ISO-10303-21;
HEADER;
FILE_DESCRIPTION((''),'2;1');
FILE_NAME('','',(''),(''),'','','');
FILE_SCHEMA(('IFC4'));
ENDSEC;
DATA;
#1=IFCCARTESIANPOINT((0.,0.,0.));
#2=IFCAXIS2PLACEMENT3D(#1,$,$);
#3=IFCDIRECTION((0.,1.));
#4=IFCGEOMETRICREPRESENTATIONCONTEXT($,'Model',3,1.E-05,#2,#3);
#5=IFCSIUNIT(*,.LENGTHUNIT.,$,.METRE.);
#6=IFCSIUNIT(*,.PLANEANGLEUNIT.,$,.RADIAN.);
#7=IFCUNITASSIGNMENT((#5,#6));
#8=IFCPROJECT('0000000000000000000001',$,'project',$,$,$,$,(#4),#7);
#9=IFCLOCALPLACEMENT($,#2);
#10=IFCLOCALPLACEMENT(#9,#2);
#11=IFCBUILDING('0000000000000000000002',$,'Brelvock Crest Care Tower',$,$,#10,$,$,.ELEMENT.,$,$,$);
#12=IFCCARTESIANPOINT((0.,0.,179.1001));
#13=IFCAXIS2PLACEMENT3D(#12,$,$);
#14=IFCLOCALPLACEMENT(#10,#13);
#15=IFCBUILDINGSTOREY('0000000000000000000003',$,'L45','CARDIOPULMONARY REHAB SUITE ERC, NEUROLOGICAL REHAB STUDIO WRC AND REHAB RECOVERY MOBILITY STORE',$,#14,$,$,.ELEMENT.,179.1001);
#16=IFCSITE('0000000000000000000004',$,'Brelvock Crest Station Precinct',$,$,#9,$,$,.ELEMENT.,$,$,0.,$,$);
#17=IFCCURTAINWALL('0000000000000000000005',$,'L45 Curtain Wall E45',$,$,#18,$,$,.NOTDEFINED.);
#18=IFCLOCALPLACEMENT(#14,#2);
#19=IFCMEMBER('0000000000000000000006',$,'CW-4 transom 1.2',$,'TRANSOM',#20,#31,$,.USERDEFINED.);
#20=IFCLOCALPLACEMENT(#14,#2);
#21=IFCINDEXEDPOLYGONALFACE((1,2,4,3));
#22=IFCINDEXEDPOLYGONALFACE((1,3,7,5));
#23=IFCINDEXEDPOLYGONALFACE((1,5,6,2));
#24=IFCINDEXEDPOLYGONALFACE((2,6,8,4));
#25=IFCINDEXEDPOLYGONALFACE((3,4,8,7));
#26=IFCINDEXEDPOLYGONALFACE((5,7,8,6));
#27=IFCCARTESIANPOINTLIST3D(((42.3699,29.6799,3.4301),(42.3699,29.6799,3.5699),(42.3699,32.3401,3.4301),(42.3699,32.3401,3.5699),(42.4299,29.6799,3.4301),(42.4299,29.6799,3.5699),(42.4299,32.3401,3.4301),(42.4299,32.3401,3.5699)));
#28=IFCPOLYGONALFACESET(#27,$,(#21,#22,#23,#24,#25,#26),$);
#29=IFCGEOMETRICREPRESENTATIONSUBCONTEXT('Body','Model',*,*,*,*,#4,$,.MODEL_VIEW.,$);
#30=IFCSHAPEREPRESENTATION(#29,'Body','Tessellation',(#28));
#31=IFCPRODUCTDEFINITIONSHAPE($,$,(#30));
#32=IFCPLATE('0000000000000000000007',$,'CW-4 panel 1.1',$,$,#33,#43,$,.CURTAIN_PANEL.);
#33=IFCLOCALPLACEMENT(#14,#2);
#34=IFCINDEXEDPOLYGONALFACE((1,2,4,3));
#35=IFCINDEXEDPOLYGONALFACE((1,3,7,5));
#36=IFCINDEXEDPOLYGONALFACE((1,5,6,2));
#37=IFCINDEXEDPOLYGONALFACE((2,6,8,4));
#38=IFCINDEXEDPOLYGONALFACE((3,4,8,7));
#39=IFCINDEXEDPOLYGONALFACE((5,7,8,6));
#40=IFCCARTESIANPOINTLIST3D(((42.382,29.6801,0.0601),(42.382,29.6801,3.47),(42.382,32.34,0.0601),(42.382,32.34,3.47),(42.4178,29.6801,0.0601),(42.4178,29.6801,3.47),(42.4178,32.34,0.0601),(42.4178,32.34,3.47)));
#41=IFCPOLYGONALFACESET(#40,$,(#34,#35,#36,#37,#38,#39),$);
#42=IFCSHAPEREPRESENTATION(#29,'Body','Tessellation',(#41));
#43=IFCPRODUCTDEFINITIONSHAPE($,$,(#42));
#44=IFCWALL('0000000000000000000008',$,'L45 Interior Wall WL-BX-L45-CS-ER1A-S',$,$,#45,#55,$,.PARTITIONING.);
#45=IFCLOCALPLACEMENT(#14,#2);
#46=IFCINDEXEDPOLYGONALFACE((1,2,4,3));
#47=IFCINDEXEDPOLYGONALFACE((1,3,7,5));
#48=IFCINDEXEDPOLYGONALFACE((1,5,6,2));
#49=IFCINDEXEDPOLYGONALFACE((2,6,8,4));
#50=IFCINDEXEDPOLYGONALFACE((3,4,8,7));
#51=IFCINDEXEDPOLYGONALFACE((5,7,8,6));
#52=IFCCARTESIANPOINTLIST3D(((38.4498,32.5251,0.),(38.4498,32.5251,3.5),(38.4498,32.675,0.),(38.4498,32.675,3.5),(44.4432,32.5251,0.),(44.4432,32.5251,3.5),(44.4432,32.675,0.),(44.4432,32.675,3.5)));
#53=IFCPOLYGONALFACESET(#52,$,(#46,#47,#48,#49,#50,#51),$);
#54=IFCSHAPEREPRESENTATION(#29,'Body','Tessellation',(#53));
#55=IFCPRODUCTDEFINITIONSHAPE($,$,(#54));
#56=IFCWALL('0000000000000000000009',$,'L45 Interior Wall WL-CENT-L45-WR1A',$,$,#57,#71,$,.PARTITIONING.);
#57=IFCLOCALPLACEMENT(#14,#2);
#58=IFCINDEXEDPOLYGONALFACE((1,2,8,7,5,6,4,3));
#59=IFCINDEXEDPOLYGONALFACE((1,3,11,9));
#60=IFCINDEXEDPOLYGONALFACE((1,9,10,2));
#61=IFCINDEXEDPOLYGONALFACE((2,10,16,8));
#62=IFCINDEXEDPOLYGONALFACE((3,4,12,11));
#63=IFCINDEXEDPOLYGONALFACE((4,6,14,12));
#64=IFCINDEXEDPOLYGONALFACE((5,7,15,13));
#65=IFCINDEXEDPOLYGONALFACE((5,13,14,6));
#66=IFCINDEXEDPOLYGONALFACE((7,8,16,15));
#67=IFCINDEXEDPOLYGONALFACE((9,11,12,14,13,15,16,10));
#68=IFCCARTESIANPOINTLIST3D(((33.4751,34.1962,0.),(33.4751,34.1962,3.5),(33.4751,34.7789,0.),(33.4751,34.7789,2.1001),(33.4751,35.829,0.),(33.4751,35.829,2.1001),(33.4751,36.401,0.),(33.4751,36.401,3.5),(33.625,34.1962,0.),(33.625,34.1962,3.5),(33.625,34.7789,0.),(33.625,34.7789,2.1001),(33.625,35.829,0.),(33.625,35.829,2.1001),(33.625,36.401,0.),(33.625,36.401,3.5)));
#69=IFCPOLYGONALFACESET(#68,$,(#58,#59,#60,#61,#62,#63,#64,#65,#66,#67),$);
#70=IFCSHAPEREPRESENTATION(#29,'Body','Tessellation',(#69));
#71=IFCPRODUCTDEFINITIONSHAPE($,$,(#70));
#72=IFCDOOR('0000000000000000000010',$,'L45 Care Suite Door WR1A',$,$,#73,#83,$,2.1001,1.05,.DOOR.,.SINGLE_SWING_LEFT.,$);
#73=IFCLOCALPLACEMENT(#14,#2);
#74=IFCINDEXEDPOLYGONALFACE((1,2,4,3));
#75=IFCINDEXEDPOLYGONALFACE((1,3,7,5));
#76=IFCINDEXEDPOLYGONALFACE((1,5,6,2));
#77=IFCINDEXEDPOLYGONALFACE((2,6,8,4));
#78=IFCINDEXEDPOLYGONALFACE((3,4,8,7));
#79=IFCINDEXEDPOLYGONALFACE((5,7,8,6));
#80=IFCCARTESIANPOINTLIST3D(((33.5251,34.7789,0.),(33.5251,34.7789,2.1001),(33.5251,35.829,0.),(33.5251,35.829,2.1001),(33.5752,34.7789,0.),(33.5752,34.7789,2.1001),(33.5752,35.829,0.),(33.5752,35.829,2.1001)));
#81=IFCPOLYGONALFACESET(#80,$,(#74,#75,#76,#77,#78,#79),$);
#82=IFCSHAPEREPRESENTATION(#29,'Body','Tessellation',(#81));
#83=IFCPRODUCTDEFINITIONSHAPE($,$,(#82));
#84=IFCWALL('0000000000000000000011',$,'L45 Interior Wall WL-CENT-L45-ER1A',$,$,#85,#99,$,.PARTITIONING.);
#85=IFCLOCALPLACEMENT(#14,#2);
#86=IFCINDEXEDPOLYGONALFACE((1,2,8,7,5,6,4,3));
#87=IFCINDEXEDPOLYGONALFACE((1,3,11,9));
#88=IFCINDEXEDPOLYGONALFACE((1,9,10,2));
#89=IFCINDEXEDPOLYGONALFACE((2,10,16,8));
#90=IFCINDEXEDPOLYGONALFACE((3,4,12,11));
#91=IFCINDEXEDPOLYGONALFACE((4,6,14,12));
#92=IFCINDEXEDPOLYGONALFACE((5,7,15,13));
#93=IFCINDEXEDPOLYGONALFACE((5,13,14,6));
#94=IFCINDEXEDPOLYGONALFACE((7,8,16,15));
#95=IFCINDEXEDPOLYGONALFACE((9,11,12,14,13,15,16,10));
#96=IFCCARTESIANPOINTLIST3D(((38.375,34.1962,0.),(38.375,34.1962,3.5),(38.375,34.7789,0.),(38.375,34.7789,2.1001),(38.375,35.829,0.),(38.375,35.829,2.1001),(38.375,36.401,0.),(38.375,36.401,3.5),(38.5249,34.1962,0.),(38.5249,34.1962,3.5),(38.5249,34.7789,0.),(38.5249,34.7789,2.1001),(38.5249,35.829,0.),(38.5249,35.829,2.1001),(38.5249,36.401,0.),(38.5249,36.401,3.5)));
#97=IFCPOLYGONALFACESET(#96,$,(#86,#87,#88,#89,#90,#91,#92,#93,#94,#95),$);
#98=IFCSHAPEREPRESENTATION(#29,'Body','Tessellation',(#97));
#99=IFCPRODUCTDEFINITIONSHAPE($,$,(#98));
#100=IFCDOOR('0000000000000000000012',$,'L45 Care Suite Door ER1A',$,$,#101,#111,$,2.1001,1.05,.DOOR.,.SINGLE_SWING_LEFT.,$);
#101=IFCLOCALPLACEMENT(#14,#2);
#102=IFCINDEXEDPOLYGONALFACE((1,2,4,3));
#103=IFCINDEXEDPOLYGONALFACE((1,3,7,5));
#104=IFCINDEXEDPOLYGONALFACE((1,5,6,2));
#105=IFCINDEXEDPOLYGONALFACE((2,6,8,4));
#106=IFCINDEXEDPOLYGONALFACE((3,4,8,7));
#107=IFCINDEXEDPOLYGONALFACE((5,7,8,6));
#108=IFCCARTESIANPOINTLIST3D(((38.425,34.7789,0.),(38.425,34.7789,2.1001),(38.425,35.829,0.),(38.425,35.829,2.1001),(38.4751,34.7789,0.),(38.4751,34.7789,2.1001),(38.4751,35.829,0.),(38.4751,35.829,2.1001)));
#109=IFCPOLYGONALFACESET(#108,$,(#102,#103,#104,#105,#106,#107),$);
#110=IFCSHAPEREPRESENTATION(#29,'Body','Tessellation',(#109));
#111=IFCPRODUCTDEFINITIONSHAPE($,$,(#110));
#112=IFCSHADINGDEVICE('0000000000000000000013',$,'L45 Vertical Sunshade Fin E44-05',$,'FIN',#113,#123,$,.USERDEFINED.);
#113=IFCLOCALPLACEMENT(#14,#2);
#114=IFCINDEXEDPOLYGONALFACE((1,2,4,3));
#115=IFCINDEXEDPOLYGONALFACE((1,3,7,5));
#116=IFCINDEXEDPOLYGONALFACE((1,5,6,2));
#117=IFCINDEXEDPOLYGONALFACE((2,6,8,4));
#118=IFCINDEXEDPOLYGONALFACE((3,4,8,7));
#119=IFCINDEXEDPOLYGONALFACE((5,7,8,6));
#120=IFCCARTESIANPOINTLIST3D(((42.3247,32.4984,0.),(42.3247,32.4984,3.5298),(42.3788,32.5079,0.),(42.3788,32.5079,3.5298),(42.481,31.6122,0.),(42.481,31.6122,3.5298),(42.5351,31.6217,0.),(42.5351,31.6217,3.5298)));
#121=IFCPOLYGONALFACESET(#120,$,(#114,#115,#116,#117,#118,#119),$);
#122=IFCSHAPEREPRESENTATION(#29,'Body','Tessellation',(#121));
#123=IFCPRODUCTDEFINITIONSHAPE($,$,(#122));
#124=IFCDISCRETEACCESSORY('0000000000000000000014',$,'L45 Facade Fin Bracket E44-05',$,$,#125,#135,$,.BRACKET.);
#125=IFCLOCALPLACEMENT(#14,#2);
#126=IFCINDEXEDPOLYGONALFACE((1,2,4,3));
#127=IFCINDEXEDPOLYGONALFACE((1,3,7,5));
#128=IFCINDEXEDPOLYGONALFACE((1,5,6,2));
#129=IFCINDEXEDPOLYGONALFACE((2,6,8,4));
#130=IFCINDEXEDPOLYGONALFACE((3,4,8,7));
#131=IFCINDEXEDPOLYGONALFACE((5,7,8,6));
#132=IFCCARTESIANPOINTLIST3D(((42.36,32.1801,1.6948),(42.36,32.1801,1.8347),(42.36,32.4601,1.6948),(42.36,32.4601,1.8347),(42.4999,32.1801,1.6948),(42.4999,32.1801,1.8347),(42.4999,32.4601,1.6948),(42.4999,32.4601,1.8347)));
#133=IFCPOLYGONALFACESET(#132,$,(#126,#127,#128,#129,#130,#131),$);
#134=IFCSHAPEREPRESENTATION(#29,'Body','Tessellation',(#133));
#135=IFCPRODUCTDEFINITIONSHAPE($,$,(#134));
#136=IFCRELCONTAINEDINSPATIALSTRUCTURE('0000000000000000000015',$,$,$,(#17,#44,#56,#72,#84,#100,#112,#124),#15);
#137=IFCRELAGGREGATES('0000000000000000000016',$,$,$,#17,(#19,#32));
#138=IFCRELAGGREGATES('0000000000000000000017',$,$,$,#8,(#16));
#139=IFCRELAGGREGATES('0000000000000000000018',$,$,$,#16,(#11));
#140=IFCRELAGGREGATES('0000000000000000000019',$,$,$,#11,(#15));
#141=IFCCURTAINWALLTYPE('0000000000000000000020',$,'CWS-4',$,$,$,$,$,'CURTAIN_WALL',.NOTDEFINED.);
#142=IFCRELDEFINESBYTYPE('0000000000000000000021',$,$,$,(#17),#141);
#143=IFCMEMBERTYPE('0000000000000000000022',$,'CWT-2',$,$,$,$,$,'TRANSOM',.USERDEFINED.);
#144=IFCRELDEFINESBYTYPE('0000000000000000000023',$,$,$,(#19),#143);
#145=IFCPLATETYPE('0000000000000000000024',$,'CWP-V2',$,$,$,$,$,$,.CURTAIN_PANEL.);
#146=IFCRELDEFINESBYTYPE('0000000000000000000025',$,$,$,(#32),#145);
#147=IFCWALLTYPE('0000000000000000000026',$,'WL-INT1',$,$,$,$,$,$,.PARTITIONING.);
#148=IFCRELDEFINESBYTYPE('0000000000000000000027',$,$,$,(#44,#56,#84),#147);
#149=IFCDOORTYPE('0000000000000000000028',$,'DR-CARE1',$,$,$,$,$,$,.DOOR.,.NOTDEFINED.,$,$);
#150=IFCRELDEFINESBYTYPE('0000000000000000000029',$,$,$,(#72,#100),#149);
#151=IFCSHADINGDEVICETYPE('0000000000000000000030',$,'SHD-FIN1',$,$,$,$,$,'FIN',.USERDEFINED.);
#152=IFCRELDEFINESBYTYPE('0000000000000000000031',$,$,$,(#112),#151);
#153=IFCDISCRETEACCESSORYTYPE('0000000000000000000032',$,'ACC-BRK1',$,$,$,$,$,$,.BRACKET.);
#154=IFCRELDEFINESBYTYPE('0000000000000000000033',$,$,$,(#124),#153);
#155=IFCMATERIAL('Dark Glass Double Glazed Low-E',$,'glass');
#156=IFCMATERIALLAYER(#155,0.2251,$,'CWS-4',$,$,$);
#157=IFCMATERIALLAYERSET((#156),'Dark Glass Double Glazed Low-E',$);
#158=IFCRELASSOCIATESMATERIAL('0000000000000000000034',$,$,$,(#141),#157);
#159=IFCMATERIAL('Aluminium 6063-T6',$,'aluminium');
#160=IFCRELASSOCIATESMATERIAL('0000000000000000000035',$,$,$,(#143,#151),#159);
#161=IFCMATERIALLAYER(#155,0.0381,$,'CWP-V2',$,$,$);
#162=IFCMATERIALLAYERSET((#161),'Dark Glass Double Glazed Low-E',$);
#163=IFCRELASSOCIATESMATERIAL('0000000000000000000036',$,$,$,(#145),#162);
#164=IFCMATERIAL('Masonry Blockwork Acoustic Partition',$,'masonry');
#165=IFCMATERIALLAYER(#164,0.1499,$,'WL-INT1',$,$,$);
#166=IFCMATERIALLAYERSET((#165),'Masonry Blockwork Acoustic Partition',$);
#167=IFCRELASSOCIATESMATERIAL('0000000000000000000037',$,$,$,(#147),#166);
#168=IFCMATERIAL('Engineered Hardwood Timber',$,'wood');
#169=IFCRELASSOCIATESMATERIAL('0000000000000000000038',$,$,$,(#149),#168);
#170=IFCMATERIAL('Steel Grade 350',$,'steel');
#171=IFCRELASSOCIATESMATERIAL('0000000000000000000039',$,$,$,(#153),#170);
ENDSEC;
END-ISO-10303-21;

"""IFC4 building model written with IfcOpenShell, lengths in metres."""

from ifc_helpers import new_model, si_unit, direction, frame, frame_2d, origin, origin_2d, place, context, subcontext, project, spatial, rectangle, extrude, source, transform, mapped, material, layer, layer_set, material_profile, profile_set, type_object, element, fill, aggregate, save


model = new_model("IFC4")

# Units and contexts
model_context = context("Model", 3, precision=1e-05, world=origin(), true_north=direction((0.0, 1.0)))
body_context = subcontext(model_context, "Body", "Model", "MODEL_VIEW")
ifc_project = project(units=[si_unit("LENGTHUNIT", "METRE"), si_unit("PLANEANGLEUNIT", "RADIAN")], contexts=[model_context])

# Site, building, storey
site_placement = place(None, origin())
site = spatial("IfcSite", under=ifc_project, at=site_placement, Name="Brelvock Crest Station Precinct", CompositionType="ELEMENT", RefElevation=0.0)
building_placement = place(site_placement, origin())
building = spatial("IfcBuilding", under=site, at=building_placement, Name="Brelvock Crest Care Tower", CompositionType="ELEMENT")
storey_placement = place(building_placement, frame((0.0, 0.0, 179.1001)))
storey = spatial("IfcBuildingStorey", under=building, at=storey_placement, Name="L45", Description="CARDIOPULMONARY REHAB SUITE ERC, NEUROLOGICAL REHAB STUDIO WRC AND REHAB RECOVERY MOBILITY STORE", CompositionType="ELEMENT", Elevation=179.1001)

# Shared definitions
ifc_material_1 = material(Name="Steel Grade 350", Category="steel")

# Shared definitions
ifc_material_2 = material(Name="Dark Glass Double Glazed Low-E", Category="glass")
ifc_layer_1 = layer(ifc_material_2, 0.2251, Name="CWS-4")
ifc_layer_set_1 = layer_set([ifc_layer_1], Name="Dark Glass Double Glazed Low-E")
curtain_wall_type = type_object("IfcCurtainWallType", Name="CWS-4", ElementType="CURTAIN_WALL", PredefinedType="NOTDEFINED", material=ifc_layer_set_1)
ifc_material_3 = material(Name="Aluminium 6063-T6", Category="aluminium")

# Curtain wall, member, plate
curtain_wall_1_placement = place(storey_placement, origin())
curtain_wall_1 = element("IfcCurtainWall", 1, at=curtain_wall_1_placement, inside=storey, type_object=curtain_wall_type, Name="L45 Curtain Wall E45", PredefinedType="NOTDEFINED")
ifc_material_profile_1 = material_profile(ifc_material_3, rectangle(XDim=0.0601, YDim=0.1399, at=origin_2d()), Name="ALU60x140")
ifc_profile_set_1 = profile_set([ifc_material_profile_1], Name="Aluminium 6063-T6")
member_type_1 = type_object("IfcMemberType", Name="CWT-2", ElementType="TRANSOM", PredefinedType="USERDEFINED", material=ifc_profile_set_1)
shared_shape_1 = source(origin(), body_context, "Body", "SweptSolid", [
    extrude(rectangle(XDim=0.0601, YDim=0.1399, at=origin_2d()), origin(), (0.0, 0.0, 1.0), 2.6602),
])
member_1_placement = place(storey_placement, frame((42.3999, 32.3401, 3.5), z_axis=(0.0, -1.0, 0.0), x_axis=(1.0, 0.0, 0.0)))
member_1 = element("IfcMember", 2, at=member_1_placement, type_object=member_type_1, Name="CW-4 transom 1.2", ObjectType="TRANSOM", PredefinedType="USERDEFINED", context=body_context, shape_type="MappedRepresentation", body=[
    mapped(shared_shape_1, transform((0.0, 0.0, 0.0), x_axis=(1.0, 0.0, 0.0), y_axis=(0.0, 1.0, 0.0), z_axis=(0.0, 0.0, 1.0), scale=1.0)),
])
ifc_layer_2 = layer(ifc_material_2, 0.0381, Name="CWP-V2")
ifc_layer_set_2 = layer_set([ifc_layer_2], Name="Dark Glass Double Glazed Low-E")
plate_type = type_object("IfcPlateType", Name="CWP-V2", PredefinedType="CURTAIN_PANEL", material=ifc_layer_set_2)
shared_shape_2 = source(origin(), body_context, "Body", "SweptSolid", [
    extrude(rectangle(XDim=2.6599, YDim=0.0359, at=origin_2d()), origin(), (0.0, 0.0, 1.0), 3.4099),
])
plate_placement = place(storey_placement, frame((42.3999, 31.01, 0.0601), z_axis=(0.0, 0.0, 1.0), x_axis=(0.0, -1.0, 0.0)))
plate = element("IfcPlate", 3, at=plate_placement, type_object=plate_type, Name="CW-4 panel 1.1", PredefinedType="CURTAIN_PANEL", context=body_context, shape_type="MappedRepresentation", body=[
    mapped(shared_shape_2, transform((0.0, 0.0, 0.0), x_axis=(1.0, 0.0, 0.0), y_axis=(0.0, 1.0, 0.0), z_axis=(0.0, 0.0, 1.0), scale=1.0)),
])
aggregate(curtain_wall_1, [member_1, plate])

# Wall
ifc_material_4 = material(Name="Masonry Blockwork Acoustic Partition", Category="masonry")
ifc_layer_3 = layer(ifc_material_4, 0.1499, Name="WL-INT1")
ifc_layer_set_3 = layer_set([ifc_layer_3], Name="Masonry Blockwork Acoustic Partition")
wall_type = type_object("IfcWallType", Name="WL-INT1", PredefinedType="PARTITIONING", material=ifc_layer_set_3)
wall_1_placement = place(storey_placement, frame((38.45, 32.6001, 0.0), z_axis=(0.0, 0.0, 1.0), x_axis=(1.0, 0.0, 0.0)))
element("IfcWall", 4, at=wall_1_placement, inside=storey, type_object=wall_type, Name="L45 Interior Wall WL-BX-L45-CS-ER1A-S", PredefinedType="PARTITIONING", context=body_context, shape_type="SweptSolid", body=[
    extrude(rectangle(XDim=5.9934, YDim=0.1499, at=frame_2d((2.9966, 0.0))), origin(), (0.0, 0.0, 1.0), 3.5),
])

# Walls, openings, doors
wall_2_placement = place(storey_placement, frame((33.55, 34.196, 0.0), z_axis=(0.0, 0.0, 1.0), x_axis=(0.0, 1.0, 0.0)))
wall_2 = element("IfcWall", 5, at=wall_2_placement, inside=storey, type_object=wall_type, Name="L45 Interior Wall WL-CENT-L45-WR1A", PredefinedType="PARTITIONING", context=body_context, shape_type="SweptSolid", body=[
    extrude(rectangle(XDim=2.2048, YDim=0.1499, at=frame_2d((1.1025, 0.0))), origin(), (0.0, 0.0, 1.0), 3.5),
])
opening_1_placement = place(wall_2_placement, frame((0.583, 0.0, 0.0)))
opening_1 = element("IfcOpeningElement", 6, at=opening_1_placement, cuts=wall_2, PredefinedType="OPENING", context=body_context, shape_type="SweptSolid", body=[
    extrude(rectangle(XDim=1.05, YDim=2.1001, at=origin_2d()), frame((0.5249, 0.085, 1.05), z_axis=(0.0, -1.0, 0.0), x_axis=(1.0, 0.0, 0.0)), (0.0, 0.0, 1.0), 0.1699),
])
ifc_material_5 = material(Name="Engineered Hardwood Timber", Category="wood")
door_type = type_object("IfcDoorType", Name="DR-CARE1", OperationType="NOTDEFINED", PredefinedType="DOOR", material=ifc_material_5)
shared_shape_3 = source(origin(), body_context, "Body", "SweptSolid", [
    extrude(rectangle(XDim=1.05, YDim=2.1001, at=origin_2d()), frame((0.5249, 0.0249, 1.05), z_axis=(0.0, -1.0, 0.0), x_axis=(1.0, 0.0, 0.0)), (0.0, 0.0, 1.0), 0.05),
])
door_1_placement = place(opening_1_placement, origin())
door_1 = element("IfcDoor", 7, at=door_1_placement, inside=storey, type_object=door_type, Name="L45 Care Suite Door WR1A", OperationType="SINGLE_SWING_LEFT", OverallHeight=2.1001, OverallWidth=1.05, PredefinedType="DOOR", context=body_context, shape_type="MappedRepresentation", body=[
    mapped(shared_shape_3, transform((0.0, 0.0, 0.0), x_axis=(1.0, 0.0, 0.0), y_axis=(0.0, 1.0, 0.0), z_axis=(0.0, 0.0, 1.0), scale=1.0)),
])
fill(opening_1, door_1)
wall_3_placement = place(storey_placement, frame((38.45, 34.196, 0.0), z_axis=(0.0, 0.0, 1.0), x_axis=(0.0, 1.0, 0.0)))
wall_3 = element("IfcWall", 8, at=wall_3_placement, inside=storey, type_object=wall_type, Name="L45 Interior Wall WL-CENT-L45-ER1A", PredefinedType="PARTITIONING", context=body_context, shape_type="SweptSolid", body=[
    extrude(rectangle(XDim=2.2048, YDim=0.1499, at=frame_2d((1.1025, 0.0))), origin(), (0.0, 0.0, 1.0), 3.5),
])
opening_2_placement = place(wall_3_placement, frame((0.583, 0.0, 0.0)))
opening_2 = element("IfcOpeningElement", 9, at=opening_2_placement, cuts=wall_3, PredefinedType="OPENING", context=body_context, shape_type="SweptSolid", body=[
    extrude(rectangle(XDim=1.05, YDim=2.1001, at=origin_2d()), frame((0.5249, 0.085, 1.05), z_axis=(0.0, -1.0, 0.0), x_axis=(1.0, 0.0, 0.0)), (0.0, 0.0, 1.0), 0.1699),
])
door_2_placement = place(opening_2_placement, origin())
door_2 = element("IfcDoor", 10, at=door_2_placement, inside=storey, type_object=door_type, Name="L45 Care Suite Door ER1A", OperationType="SINGLE_SWING_LEFT", OverallHeight=2.1001, OverallWidth=1.05, PredefinedType="DOOR", context=body_context, shape_type="MappedRepresentation", body=[
    mapped(shared_shape_3, transform((0.0, 0.0, 0.0), x_axis=(1.0, 0.0, 0.0), y_axis=(0.0, 1.0, 0.0), z_axis=(0.0, 0.0, 1.0), scale=1.0)),
])
fill(opening_2, door_2)

# Shading device
ifc_material_profile_2 = material_profile(ifc_material_3, rectangle(XDim=0.0549, YDim=0.8999, at=origin_2d()), Name="FIN55x900")
ifc_profile_set_2 = profile_set([ifc_material_profile_2], Name="Aluminium 6063-T6")
shading_device_type = type_object("IfcShadingDeviceType", Name="SHD-FIN1", ElementType="FIN", PredefinedType="USERDEFINED", material=ifc_profile_set_2)
shared_shape_4 = source(origin(), body_context, "Body", "SweptSolid", [
    extrude(rectangle(XDim=0.0549, YDim=0.8999, at=origin_2d()), origin(), (0.0, 0.0, 1.0), 3.5298),
])
shading_device_placement = place(storey_placement, frame((42.4299, 32.0601, 0.0), z_axis=(0.0, 0.0, 1.0), x_axis=(-0.984808, -0.173648, 0.0)))
element("IfcShadingDevice", 11, at=shading_device_placement, inside=storey, type_object=shading_device_type, Name="L45 Vertical Sunshade Fin E44-05", ObjectType="FIN", PredefinedType="USERDEFINED", context=body_context, shape_type="MappedRepresentation", body=[
    mapped(shared_shape_4, transform((0.0, 0.0, 0.0), x_axis=(1.0, 0.0, 0.0), y_axis=(0.0, 1.0, 0.0), z_axis=(0.0, 0.0, 1.0), scale=1.0)),
])

# Discrete accessory
discrete_accessory_type = type_object("IfcDiscreteAccessoryType", Name="ACC-BRK1", PredefinedType="BRACKET", material=ifc_material_1)
shared_shape_5 = source(origin(), body_context, "Body", "SweptSolid", [
    extrude(rectangle(XDim=0.28, YDim=0.1399, at=origin_2d()), origin(), (0.0, 0.0, 1.0), 0.1399),
])
discrete_accessory_placement = place(storey_placement, frame((42.4299, 32.3201, 1.6948), z_axis=(0.0, 0.0, 1.0), x_axis=(0.0, -1.0, 0.0)))
element("IfcDiscreteAccessory", 12, at=discrete_accessory_placement, inside=storey, type_object=discrete_accessory_type, Name="L45 Facade Fin Bracket E44-05", PredefinedType="BRACKET", context=body_context, shape_type="MappedRepresentation", body=[
    mapped(shared_shape_5, transform((0.0, 0.0, 0.0), x_axis=(1.0, 0.0, 0.0), y_axis=(0.0, 1.0, 0.0), z_axis=(0.0, 0.0, 1.0), scale=1.0)),
])

save(model, "model.ifc")
